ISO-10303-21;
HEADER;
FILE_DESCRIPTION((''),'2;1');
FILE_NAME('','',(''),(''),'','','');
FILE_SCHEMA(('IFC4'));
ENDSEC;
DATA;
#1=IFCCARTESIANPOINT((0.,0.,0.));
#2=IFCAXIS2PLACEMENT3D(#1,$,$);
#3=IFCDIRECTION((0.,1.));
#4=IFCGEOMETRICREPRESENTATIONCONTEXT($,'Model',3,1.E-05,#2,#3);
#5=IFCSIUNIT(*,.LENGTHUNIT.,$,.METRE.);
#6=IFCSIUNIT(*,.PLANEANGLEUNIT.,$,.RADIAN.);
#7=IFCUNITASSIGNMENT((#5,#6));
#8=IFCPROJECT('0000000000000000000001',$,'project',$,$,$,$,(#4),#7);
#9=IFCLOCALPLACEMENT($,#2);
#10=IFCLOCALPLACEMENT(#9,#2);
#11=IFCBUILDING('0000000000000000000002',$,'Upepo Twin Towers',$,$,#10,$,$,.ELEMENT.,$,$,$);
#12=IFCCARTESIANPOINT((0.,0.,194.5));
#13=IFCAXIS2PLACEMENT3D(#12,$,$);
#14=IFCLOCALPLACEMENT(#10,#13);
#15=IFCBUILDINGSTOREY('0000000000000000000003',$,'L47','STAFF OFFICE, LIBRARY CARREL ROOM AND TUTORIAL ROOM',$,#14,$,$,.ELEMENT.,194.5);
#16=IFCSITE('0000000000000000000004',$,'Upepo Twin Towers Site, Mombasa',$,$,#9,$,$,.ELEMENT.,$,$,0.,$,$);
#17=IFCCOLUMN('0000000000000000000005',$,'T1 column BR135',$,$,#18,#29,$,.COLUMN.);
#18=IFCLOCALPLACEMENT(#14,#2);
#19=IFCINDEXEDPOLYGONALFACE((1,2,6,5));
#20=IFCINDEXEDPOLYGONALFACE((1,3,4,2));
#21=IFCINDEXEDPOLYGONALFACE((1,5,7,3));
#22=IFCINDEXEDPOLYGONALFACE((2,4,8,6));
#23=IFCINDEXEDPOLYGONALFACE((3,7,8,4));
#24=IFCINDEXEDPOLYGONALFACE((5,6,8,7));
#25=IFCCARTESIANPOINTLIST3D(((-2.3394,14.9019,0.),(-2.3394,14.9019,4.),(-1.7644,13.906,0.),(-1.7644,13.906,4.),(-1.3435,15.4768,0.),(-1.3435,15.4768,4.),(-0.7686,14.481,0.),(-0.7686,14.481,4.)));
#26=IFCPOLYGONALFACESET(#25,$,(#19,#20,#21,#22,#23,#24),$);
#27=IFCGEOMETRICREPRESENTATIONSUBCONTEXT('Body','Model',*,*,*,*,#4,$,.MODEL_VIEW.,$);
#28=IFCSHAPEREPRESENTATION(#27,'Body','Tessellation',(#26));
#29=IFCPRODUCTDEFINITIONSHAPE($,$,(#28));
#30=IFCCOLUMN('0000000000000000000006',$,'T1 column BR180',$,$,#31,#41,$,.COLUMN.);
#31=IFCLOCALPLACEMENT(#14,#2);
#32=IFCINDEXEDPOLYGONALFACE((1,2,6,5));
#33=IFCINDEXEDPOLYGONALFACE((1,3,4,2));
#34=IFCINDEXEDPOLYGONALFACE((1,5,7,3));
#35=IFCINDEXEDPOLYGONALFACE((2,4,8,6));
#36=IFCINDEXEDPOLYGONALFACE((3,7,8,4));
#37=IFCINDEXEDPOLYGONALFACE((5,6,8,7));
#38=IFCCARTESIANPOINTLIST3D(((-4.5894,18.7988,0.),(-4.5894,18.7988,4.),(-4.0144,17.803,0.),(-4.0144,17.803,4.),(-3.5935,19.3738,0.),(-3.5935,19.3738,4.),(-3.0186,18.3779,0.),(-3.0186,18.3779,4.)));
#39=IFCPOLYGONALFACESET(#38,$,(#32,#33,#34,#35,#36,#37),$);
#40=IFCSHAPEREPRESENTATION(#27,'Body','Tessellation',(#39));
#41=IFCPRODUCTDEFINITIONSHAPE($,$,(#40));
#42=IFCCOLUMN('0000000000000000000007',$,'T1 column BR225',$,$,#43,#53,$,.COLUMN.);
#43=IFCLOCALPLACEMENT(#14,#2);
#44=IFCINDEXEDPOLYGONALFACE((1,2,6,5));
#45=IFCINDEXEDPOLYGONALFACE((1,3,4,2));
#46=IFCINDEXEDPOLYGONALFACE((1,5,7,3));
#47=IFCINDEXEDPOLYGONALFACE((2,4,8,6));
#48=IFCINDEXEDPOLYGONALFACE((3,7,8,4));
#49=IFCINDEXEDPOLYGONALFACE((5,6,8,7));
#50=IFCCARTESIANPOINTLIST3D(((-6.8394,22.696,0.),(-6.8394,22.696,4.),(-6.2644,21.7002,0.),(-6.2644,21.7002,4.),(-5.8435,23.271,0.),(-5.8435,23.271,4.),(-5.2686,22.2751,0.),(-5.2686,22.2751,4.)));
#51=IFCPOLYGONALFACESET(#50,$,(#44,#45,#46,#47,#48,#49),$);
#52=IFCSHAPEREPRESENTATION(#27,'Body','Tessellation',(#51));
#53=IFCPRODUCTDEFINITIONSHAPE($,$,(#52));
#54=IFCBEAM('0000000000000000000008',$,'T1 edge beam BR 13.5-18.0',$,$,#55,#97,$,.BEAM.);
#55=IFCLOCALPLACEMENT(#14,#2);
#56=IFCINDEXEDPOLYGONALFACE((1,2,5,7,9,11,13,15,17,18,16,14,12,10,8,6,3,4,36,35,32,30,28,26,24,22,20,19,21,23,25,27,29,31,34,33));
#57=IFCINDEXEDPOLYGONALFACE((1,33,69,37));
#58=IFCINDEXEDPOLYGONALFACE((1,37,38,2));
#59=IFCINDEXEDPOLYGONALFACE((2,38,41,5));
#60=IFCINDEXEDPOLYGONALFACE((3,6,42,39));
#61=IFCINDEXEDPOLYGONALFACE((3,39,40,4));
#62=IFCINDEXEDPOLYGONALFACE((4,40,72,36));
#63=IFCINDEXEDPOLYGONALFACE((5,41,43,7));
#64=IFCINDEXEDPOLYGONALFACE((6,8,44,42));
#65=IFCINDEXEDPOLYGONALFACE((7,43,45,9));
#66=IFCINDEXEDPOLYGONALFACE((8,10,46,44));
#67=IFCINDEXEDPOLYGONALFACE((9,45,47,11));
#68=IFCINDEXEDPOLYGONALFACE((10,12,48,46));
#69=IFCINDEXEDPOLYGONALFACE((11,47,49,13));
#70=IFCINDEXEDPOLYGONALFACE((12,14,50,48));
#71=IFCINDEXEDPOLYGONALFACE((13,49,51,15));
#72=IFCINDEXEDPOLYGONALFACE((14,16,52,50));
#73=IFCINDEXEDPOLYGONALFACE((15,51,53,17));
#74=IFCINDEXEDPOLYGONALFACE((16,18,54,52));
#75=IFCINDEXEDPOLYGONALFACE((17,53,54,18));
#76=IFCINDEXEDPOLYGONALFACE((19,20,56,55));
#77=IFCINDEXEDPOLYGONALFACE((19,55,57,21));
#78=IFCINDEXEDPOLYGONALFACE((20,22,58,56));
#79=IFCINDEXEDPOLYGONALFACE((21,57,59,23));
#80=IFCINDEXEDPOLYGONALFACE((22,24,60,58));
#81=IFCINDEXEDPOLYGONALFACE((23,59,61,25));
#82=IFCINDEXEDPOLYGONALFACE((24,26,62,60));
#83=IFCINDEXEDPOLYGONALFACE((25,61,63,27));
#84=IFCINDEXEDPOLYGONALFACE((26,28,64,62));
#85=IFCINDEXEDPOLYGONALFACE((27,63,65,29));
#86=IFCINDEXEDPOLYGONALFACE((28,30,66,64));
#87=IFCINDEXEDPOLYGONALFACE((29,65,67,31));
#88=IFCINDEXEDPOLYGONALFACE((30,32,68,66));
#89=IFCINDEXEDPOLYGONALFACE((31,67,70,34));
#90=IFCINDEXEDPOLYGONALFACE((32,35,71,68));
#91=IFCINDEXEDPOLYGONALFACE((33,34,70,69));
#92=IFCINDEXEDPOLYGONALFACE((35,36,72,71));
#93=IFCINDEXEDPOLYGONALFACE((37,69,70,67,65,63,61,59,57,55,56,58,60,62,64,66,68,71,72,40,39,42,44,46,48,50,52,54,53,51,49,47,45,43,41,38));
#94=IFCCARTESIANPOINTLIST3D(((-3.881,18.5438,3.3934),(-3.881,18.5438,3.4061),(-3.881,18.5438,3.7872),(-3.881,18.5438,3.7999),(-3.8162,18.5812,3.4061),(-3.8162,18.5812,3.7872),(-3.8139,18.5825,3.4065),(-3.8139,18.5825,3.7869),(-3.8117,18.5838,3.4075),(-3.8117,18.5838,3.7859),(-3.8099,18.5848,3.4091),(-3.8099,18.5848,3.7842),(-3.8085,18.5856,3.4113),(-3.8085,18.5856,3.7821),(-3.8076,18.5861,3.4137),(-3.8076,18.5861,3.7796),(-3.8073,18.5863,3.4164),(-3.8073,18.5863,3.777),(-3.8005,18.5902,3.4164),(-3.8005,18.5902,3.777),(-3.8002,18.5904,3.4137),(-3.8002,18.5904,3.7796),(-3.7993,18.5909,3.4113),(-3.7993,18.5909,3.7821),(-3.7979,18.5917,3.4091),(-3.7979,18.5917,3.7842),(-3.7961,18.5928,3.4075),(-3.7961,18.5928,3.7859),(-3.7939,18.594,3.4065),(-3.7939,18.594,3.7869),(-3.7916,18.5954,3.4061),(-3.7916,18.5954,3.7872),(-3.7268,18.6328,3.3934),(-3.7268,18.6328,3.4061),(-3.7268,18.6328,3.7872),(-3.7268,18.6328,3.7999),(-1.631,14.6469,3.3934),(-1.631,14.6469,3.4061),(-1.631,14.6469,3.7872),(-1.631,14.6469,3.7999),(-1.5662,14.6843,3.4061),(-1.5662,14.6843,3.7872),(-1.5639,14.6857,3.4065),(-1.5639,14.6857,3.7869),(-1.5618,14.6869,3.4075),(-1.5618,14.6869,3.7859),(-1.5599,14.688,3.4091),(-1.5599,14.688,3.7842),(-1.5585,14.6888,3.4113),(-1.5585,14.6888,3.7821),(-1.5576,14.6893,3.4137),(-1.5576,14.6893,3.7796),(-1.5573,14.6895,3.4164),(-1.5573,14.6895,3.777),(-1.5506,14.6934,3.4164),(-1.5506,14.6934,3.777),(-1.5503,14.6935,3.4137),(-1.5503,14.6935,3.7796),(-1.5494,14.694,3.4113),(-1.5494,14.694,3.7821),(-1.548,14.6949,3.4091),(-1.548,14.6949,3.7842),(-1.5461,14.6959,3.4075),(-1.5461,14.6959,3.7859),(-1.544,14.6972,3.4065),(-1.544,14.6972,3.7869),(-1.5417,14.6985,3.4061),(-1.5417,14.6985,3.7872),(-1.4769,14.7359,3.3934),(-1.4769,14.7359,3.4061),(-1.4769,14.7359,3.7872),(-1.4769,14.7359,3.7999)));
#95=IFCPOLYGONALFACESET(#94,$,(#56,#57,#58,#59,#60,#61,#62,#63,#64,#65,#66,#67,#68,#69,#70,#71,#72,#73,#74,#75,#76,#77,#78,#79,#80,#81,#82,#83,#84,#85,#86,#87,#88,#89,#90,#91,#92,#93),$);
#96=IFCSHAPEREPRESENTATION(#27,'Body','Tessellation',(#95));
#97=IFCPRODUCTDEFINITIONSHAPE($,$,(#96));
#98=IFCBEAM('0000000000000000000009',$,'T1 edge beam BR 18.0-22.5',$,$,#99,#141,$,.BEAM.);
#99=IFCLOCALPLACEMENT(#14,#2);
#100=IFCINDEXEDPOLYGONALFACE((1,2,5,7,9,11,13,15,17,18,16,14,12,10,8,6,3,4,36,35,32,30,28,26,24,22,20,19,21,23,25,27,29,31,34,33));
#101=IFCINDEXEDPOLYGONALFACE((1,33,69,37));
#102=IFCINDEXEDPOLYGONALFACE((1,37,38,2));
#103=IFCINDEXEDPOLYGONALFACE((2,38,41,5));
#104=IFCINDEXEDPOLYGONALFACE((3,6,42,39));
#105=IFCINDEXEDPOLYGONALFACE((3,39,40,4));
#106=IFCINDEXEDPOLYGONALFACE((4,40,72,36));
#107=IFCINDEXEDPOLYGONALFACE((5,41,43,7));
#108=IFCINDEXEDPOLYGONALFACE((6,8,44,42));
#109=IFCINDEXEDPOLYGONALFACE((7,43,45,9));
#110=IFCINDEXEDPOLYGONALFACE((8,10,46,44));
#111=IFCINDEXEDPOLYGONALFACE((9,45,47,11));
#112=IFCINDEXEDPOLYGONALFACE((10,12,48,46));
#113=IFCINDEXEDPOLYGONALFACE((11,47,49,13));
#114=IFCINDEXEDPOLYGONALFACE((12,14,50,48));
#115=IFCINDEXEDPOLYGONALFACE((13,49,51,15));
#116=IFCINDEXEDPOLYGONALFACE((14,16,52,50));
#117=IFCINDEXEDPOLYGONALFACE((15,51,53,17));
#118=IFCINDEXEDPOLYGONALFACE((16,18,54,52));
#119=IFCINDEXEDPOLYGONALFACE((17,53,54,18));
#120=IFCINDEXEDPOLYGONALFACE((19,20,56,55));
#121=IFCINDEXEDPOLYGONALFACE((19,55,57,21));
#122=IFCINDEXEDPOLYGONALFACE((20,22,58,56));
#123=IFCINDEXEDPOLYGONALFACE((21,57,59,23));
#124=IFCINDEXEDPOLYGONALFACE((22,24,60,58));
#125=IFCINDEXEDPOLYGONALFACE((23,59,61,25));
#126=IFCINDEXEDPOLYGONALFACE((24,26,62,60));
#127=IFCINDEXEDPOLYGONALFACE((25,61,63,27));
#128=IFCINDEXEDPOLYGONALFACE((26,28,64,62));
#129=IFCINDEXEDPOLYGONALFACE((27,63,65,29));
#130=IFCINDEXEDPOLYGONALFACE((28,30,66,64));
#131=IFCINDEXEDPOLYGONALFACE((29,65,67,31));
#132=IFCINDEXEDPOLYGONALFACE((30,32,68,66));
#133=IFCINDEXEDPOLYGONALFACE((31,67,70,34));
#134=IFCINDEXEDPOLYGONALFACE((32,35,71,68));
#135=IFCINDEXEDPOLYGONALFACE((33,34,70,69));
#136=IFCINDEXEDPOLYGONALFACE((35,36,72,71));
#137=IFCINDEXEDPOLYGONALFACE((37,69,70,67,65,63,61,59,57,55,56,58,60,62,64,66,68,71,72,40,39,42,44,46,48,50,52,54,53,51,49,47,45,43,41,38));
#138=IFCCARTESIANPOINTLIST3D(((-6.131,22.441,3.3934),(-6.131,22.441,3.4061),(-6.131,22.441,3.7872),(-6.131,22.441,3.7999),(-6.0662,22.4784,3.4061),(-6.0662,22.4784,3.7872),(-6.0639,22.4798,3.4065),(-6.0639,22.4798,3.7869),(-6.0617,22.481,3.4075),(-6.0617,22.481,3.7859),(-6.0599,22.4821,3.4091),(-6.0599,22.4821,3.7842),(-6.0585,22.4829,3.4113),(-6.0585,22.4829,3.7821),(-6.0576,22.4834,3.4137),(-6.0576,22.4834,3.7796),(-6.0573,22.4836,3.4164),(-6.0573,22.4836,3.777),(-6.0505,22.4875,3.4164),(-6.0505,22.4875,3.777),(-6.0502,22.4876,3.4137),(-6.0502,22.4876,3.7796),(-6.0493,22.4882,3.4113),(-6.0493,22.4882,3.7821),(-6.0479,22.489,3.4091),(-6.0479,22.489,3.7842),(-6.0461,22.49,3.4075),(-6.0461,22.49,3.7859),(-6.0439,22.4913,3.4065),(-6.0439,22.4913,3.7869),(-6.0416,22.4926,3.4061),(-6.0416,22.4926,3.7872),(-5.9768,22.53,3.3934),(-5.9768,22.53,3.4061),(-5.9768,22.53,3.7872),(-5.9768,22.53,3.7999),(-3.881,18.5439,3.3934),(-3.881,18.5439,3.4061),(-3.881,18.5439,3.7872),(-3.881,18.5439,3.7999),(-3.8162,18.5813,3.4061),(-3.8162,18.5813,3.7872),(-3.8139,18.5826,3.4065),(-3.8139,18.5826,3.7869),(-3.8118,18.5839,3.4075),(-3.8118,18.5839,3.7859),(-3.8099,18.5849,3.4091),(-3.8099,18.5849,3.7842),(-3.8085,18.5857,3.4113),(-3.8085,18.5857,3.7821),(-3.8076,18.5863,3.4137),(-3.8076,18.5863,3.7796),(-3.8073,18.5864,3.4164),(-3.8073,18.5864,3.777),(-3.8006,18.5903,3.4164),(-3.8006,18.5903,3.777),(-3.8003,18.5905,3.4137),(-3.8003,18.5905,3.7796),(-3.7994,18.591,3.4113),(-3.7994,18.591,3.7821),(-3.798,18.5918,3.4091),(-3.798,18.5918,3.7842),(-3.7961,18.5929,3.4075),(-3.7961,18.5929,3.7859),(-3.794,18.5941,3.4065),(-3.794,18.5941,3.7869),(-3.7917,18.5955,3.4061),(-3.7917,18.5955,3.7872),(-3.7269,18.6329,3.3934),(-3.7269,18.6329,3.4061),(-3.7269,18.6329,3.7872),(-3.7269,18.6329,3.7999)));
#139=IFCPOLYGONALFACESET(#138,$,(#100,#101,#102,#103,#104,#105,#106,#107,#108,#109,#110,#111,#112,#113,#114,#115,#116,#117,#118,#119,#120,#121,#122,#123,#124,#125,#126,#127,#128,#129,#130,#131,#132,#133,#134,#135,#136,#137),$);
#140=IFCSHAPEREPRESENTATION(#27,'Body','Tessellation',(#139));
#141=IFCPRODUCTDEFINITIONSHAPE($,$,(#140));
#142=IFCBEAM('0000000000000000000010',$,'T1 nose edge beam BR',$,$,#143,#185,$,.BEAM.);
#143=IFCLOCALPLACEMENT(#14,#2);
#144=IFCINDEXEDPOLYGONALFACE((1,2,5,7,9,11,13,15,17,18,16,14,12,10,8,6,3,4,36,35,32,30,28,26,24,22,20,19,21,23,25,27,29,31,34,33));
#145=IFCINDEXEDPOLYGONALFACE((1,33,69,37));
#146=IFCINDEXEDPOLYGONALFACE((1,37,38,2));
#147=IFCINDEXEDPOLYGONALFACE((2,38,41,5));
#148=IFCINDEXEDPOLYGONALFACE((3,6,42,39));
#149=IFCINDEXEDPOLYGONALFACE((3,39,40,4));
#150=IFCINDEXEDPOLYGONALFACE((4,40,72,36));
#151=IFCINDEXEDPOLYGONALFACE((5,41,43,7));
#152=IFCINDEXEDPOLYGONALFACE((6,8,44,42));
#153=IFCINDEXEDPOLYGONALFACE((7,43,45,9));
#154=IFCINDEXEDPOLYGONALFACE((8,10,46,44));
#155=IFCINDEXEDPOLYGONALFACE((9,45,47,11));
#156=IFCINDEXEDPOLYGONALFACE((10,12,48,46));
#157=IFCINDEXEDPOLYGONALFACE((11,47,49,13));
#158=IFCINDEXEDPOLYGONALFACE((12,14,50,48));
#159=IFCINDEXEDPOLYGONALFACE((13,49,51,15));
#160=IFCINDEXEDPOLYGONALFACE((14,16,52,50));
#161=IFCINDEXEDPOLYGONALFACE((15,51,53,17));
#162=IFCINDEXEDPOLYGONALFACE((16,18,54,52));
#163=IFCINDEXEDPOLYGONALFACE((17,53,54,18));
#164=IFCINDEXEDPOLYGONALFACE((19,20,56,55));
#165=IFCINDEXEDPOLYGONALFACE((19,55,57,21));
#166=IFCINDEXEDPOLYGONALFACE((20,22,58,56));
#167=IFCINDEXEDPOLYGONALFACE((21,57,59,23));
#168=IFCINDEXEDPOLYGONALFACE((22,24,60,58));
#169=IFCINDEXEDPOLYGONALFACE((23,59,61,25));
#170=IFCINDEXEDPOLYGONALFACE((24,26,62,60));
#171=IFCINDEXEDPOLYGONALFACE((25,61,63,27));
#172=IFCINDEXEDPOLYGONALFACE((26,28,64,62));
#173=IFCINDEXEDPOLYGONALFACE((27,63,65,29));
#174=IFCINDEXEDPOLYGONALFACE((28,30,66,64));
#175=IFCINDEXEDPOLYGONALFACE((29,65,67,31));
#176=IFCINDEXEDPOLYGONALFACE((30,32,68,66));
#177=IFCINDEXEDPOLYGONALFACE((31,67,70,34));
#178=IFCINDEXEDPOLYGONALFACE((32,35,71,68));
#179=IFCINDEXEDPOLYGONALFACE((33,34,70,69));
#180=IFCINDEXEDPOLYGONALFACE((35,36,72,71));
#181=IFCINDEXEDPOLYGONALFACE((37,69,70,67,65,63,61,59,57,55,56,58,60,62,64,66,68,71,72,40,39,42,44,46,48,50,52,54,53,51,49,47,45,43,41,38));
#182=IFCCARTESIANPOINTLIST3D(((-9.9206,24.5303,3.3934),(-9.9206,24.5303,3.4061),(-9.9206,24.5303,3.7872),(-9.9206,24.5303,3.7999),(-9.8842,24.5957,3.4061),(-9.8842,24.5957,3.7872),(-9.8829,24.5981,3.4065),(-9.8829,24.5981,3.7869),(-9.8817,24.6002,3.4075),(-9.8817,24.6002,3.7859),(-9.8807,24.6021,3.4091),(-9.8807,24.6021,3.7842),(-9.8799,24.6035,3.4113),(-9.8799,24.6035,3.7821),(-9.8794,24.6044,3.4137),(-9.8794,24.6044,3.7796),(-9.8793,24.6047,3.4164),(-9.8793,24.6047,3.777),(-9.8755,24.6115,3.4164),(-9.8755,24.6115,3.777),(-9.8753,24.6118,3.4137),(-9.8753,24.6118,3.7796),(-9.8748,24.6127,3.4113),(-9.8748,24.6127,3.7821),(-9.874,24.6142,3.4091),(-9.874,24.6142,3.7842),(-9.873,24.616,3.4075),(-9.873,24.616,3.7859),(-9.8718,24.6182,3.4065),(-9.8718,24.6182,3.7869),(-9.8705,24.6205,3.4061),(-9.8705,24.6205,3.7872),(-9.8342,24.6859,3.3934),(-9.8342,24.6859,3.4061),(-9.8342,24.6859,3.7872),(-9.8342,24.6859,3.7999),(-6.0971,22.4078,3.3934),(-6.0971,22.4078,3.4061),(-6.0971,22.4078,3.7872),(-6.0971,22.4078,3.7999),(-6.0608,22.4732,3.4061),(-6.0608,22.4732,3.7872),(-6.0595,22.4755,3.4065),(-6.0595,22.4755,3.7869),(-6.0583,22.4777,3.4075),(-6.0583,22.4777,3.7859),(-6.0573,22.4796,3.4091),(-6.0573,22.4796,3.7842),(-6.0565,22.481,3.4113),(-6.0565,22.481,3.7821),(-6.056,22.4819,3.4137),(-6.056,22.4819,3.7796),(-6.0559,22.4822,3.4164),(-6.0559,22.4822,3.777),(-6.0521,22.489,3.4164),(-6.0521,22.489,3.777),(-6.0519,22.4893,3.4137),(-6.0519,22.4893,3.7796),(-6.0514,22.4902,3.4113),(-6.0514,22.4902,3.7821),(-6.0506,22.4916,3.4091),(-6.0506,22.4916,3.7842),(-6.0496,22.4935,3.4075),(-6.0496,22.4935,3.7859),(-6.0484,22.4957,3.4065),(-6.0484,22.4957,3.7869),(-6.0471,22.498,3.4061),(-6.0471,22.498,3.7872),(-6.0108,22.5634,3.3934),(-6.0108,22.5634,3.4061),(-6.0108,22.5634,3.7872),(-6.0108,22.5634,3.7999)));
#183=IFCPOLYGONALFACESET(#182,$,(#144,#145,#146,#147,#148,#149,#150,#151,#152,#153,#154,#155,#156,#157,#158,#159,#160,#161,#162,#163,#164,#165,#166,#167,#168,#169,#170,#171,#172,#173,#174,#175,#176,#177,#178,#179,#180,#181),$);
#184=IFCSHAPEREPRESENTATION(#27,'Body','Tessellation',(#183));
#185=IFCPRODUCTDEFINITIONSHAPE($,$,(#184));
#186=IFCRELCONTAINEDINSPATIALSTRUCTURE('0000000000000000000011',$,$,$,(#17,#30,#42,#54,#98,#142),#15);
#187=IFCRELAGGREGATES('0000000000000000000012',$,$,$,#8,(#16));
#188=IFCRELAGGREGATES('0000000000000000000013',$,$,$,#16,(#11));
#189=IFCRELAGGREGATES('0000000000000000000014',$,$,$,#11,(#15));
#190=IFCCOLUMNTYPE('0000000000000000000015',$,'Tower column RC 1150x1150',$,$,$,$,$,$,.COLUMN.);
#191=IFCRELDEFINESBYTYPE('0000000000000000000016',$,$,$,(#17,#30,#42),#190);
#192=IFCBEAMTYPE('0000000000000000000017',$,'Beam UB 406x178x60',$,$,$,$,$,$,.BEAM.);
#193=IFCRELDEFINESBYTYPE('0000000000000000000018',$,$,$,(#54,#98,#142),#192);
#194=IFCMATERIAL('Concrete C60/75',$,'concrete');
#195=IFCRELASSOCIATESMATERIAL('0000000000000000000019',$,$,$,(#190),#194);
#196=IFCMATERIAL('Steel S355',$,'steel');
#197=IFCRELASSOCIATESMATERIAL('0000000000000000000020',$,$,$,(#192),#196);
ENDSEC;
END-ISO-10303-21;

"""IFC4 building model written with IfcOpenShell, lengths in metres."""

from ifc_helpers import new_model, si_unit, direction, frame, origin, origin_2d, place, context, subcontext, project, spatial, rectangle, i_section, extrude, material, material_profile, profile_set, type_object, element, save


model = new_model("IFC4")

# Units and contexts
model_context = context("Model", 3, precision=1e-05, world=origin(), true_north=direction((0.0, 1.0)))
body_context = subcontext(model_context, "Body", "Model", "MODEL_VIEW")
ifc_project = project(units=[si_unit("LENGTHUNIT", "METRE"), si_unit("PLANEANGLEUNIT", "RADIAN")], contexts=[model_context])

# Site, building, storey
site_placement = place(None, origin())
site = spatial("IfcSite", under=ifc_project, at=site_placement, Name="Upepo Twin Towers Site, Mombasa", CompositionType="ELEMENT", RefElevation=0.0)
building_placement = place(site_placement, origin())
building = spatial("IfcBuilding", under=site, at=building_placement, Name="Upepo Twin Towers", CompositionType="ELEMENT")
storey_placement = place(building_placement, frame((0.0, 0.0, 194.5)))
storey = spatial("IfcBuildingStorey", under=building, at=storey_placement, Name="L47", Description="STAFF OFFICE, LIBRARY CARREL ROOM AND TUTORIAL ROOM", CompositionType="ELEMENT", Elevation=194.5)

# Columns
ifc_material_1 = material(Name="Concrete C60/75", Category="concrete")
ifc_material_profile_1 = material_profile(ifc_material_1, rectangle(XDim=1.1499, YDim=1.1499, at=origin_2d()), Name="RC 1150x1150")
ifc_profile_set_1 = profile_set([ifc_material_profile_1], Name="Concrete C60/75")
column_type = type_object("IfcColumnType", Name="Tower column RC 1150x1150", PredefinedType="COLUMN", material=ifc_profile_set_1)
for number, where, z_axis, x_axis, name in (
    (1, (-1.554, 14.6914, 0.0), (0.0, 0.0, 1.0), (0.866025, 0.5, 0.0), "T1 column BR135"),
    (2, (-3.804, 18.5884, 0.0), (0.0, 0.0, 1.0), (0.866025, 0.5, 0.0), "T1 column BR180"),
    (3, (-6.054, 22.4856, 0.0), (0.0, 0.0, 1.0), (0.866025, 0.5, 0.0), "T1 column BR225"),
):
    element("IfcColumn", number, at=place(storey_placement, frame(where, z_axis=z_axis, x_axis=x_axis)), inside=storey, type_object=column_type, Name=name, PredefinedType="COLUMN", context=body_context, shape_type="SweptSolid", body=[
        extrude(rectangle(XDim=1.1499, YDim=1.1499, at=origin_2d()), origin(), (0.0, 0.0, 1.0), 4.0),
    ])

# Beams
ifc_material_2 = material(Name="Steel S355", Category="steel")
ifc_material_profile_2 = material_profile(ifc_material_2, i_section(OverallWidth=0.178, OverallDepth=0.4065, WebThickness=0.0078, FlangeThickness=0.0127, FilletRadius=0.0103, at=origin_2d()), Name="UB 406x178x60")
ifc_profile_set_2 = profile_set([ifc_material_profile_2], Name="Steel S355")
beam_type_1 = type_object("IfcBeamType", Name="Beam UB 406x178x60", PredefinedType="BEAM", material=ifc_profile_set_2)
beam_1_placement = place(storey_placement, frame((-1.554, 14.6914, 3.5967), z_axis=(-0.500014, 0.866018, 0.0), x_axis=(-0.866018, -0.500014, 0.0)))
element("IfcBeam", 4, at=beam_1_placement, inside=storey, type_object=beam_type_1, Name="T1 edge beam BR 13.5-18.0", PredefinedType="BEAM", context=body_context, shape_type="SweptSolid", body=[
    extrude(i_section(OverallWidth=0.178, OverallDepth=0.4065, WebThickness=0.0078, FlangeThickness=0.0127, FilletRadius=0.0103, at=origin_2d()), origin(), (0.0, 0.0, 1.0), 4.4998),
])
beam_2_placement = place(storey_placement, frame((-3.804, 18.5884, 3.5967), z_axis=(-0.49999, 0.866031, 0.0), x_axis=(-0.866031, -0.49999, 0.0)))
element("IfcBeam", 5, at=beam_2_placement, inside=storey, type_object=beam_type_1, Name="T1 edge beam BR 18.0-22.5", PredefinedType="BEAM", context=body_context, shape_type="SweptSolid", body=[
    extrude(i_section(OverallWidth=0.178, OverallDepth=0.4065, WebThickness=0.0078, FlangeThickness=0.0127, FilletRadius=0.0103, at=origin_2d()), origin(), (0.0, 0.0, 1.0), 4.5),
])
beam_3_placement = place(storey_placement, frame((-6.054, 22.4856, 3.5967), z_axis=(-0.874313, 0.485363, 0.0), x_axis=(-0.485363, -0.874313, 0.0)))
element("IfcBeam", 6, at=beam_3_placement, inside=storey, type_object=beam_type_1, Name="T1 nose edge beam BR", PredefinedType="BEAM", context=body_context, shape_type="SweptSolid", body=[
    extrude(i_section(OverallWidth=0.178, OverallDepth=0.4065, WebThickness=0.0078, FlangeThickness=0.0127, FilletRadius=0.0103, at=origin_2d()), origin(), (0.0, 0.0, 1.0), 4.373),
])

save(model, "model.ifc")
